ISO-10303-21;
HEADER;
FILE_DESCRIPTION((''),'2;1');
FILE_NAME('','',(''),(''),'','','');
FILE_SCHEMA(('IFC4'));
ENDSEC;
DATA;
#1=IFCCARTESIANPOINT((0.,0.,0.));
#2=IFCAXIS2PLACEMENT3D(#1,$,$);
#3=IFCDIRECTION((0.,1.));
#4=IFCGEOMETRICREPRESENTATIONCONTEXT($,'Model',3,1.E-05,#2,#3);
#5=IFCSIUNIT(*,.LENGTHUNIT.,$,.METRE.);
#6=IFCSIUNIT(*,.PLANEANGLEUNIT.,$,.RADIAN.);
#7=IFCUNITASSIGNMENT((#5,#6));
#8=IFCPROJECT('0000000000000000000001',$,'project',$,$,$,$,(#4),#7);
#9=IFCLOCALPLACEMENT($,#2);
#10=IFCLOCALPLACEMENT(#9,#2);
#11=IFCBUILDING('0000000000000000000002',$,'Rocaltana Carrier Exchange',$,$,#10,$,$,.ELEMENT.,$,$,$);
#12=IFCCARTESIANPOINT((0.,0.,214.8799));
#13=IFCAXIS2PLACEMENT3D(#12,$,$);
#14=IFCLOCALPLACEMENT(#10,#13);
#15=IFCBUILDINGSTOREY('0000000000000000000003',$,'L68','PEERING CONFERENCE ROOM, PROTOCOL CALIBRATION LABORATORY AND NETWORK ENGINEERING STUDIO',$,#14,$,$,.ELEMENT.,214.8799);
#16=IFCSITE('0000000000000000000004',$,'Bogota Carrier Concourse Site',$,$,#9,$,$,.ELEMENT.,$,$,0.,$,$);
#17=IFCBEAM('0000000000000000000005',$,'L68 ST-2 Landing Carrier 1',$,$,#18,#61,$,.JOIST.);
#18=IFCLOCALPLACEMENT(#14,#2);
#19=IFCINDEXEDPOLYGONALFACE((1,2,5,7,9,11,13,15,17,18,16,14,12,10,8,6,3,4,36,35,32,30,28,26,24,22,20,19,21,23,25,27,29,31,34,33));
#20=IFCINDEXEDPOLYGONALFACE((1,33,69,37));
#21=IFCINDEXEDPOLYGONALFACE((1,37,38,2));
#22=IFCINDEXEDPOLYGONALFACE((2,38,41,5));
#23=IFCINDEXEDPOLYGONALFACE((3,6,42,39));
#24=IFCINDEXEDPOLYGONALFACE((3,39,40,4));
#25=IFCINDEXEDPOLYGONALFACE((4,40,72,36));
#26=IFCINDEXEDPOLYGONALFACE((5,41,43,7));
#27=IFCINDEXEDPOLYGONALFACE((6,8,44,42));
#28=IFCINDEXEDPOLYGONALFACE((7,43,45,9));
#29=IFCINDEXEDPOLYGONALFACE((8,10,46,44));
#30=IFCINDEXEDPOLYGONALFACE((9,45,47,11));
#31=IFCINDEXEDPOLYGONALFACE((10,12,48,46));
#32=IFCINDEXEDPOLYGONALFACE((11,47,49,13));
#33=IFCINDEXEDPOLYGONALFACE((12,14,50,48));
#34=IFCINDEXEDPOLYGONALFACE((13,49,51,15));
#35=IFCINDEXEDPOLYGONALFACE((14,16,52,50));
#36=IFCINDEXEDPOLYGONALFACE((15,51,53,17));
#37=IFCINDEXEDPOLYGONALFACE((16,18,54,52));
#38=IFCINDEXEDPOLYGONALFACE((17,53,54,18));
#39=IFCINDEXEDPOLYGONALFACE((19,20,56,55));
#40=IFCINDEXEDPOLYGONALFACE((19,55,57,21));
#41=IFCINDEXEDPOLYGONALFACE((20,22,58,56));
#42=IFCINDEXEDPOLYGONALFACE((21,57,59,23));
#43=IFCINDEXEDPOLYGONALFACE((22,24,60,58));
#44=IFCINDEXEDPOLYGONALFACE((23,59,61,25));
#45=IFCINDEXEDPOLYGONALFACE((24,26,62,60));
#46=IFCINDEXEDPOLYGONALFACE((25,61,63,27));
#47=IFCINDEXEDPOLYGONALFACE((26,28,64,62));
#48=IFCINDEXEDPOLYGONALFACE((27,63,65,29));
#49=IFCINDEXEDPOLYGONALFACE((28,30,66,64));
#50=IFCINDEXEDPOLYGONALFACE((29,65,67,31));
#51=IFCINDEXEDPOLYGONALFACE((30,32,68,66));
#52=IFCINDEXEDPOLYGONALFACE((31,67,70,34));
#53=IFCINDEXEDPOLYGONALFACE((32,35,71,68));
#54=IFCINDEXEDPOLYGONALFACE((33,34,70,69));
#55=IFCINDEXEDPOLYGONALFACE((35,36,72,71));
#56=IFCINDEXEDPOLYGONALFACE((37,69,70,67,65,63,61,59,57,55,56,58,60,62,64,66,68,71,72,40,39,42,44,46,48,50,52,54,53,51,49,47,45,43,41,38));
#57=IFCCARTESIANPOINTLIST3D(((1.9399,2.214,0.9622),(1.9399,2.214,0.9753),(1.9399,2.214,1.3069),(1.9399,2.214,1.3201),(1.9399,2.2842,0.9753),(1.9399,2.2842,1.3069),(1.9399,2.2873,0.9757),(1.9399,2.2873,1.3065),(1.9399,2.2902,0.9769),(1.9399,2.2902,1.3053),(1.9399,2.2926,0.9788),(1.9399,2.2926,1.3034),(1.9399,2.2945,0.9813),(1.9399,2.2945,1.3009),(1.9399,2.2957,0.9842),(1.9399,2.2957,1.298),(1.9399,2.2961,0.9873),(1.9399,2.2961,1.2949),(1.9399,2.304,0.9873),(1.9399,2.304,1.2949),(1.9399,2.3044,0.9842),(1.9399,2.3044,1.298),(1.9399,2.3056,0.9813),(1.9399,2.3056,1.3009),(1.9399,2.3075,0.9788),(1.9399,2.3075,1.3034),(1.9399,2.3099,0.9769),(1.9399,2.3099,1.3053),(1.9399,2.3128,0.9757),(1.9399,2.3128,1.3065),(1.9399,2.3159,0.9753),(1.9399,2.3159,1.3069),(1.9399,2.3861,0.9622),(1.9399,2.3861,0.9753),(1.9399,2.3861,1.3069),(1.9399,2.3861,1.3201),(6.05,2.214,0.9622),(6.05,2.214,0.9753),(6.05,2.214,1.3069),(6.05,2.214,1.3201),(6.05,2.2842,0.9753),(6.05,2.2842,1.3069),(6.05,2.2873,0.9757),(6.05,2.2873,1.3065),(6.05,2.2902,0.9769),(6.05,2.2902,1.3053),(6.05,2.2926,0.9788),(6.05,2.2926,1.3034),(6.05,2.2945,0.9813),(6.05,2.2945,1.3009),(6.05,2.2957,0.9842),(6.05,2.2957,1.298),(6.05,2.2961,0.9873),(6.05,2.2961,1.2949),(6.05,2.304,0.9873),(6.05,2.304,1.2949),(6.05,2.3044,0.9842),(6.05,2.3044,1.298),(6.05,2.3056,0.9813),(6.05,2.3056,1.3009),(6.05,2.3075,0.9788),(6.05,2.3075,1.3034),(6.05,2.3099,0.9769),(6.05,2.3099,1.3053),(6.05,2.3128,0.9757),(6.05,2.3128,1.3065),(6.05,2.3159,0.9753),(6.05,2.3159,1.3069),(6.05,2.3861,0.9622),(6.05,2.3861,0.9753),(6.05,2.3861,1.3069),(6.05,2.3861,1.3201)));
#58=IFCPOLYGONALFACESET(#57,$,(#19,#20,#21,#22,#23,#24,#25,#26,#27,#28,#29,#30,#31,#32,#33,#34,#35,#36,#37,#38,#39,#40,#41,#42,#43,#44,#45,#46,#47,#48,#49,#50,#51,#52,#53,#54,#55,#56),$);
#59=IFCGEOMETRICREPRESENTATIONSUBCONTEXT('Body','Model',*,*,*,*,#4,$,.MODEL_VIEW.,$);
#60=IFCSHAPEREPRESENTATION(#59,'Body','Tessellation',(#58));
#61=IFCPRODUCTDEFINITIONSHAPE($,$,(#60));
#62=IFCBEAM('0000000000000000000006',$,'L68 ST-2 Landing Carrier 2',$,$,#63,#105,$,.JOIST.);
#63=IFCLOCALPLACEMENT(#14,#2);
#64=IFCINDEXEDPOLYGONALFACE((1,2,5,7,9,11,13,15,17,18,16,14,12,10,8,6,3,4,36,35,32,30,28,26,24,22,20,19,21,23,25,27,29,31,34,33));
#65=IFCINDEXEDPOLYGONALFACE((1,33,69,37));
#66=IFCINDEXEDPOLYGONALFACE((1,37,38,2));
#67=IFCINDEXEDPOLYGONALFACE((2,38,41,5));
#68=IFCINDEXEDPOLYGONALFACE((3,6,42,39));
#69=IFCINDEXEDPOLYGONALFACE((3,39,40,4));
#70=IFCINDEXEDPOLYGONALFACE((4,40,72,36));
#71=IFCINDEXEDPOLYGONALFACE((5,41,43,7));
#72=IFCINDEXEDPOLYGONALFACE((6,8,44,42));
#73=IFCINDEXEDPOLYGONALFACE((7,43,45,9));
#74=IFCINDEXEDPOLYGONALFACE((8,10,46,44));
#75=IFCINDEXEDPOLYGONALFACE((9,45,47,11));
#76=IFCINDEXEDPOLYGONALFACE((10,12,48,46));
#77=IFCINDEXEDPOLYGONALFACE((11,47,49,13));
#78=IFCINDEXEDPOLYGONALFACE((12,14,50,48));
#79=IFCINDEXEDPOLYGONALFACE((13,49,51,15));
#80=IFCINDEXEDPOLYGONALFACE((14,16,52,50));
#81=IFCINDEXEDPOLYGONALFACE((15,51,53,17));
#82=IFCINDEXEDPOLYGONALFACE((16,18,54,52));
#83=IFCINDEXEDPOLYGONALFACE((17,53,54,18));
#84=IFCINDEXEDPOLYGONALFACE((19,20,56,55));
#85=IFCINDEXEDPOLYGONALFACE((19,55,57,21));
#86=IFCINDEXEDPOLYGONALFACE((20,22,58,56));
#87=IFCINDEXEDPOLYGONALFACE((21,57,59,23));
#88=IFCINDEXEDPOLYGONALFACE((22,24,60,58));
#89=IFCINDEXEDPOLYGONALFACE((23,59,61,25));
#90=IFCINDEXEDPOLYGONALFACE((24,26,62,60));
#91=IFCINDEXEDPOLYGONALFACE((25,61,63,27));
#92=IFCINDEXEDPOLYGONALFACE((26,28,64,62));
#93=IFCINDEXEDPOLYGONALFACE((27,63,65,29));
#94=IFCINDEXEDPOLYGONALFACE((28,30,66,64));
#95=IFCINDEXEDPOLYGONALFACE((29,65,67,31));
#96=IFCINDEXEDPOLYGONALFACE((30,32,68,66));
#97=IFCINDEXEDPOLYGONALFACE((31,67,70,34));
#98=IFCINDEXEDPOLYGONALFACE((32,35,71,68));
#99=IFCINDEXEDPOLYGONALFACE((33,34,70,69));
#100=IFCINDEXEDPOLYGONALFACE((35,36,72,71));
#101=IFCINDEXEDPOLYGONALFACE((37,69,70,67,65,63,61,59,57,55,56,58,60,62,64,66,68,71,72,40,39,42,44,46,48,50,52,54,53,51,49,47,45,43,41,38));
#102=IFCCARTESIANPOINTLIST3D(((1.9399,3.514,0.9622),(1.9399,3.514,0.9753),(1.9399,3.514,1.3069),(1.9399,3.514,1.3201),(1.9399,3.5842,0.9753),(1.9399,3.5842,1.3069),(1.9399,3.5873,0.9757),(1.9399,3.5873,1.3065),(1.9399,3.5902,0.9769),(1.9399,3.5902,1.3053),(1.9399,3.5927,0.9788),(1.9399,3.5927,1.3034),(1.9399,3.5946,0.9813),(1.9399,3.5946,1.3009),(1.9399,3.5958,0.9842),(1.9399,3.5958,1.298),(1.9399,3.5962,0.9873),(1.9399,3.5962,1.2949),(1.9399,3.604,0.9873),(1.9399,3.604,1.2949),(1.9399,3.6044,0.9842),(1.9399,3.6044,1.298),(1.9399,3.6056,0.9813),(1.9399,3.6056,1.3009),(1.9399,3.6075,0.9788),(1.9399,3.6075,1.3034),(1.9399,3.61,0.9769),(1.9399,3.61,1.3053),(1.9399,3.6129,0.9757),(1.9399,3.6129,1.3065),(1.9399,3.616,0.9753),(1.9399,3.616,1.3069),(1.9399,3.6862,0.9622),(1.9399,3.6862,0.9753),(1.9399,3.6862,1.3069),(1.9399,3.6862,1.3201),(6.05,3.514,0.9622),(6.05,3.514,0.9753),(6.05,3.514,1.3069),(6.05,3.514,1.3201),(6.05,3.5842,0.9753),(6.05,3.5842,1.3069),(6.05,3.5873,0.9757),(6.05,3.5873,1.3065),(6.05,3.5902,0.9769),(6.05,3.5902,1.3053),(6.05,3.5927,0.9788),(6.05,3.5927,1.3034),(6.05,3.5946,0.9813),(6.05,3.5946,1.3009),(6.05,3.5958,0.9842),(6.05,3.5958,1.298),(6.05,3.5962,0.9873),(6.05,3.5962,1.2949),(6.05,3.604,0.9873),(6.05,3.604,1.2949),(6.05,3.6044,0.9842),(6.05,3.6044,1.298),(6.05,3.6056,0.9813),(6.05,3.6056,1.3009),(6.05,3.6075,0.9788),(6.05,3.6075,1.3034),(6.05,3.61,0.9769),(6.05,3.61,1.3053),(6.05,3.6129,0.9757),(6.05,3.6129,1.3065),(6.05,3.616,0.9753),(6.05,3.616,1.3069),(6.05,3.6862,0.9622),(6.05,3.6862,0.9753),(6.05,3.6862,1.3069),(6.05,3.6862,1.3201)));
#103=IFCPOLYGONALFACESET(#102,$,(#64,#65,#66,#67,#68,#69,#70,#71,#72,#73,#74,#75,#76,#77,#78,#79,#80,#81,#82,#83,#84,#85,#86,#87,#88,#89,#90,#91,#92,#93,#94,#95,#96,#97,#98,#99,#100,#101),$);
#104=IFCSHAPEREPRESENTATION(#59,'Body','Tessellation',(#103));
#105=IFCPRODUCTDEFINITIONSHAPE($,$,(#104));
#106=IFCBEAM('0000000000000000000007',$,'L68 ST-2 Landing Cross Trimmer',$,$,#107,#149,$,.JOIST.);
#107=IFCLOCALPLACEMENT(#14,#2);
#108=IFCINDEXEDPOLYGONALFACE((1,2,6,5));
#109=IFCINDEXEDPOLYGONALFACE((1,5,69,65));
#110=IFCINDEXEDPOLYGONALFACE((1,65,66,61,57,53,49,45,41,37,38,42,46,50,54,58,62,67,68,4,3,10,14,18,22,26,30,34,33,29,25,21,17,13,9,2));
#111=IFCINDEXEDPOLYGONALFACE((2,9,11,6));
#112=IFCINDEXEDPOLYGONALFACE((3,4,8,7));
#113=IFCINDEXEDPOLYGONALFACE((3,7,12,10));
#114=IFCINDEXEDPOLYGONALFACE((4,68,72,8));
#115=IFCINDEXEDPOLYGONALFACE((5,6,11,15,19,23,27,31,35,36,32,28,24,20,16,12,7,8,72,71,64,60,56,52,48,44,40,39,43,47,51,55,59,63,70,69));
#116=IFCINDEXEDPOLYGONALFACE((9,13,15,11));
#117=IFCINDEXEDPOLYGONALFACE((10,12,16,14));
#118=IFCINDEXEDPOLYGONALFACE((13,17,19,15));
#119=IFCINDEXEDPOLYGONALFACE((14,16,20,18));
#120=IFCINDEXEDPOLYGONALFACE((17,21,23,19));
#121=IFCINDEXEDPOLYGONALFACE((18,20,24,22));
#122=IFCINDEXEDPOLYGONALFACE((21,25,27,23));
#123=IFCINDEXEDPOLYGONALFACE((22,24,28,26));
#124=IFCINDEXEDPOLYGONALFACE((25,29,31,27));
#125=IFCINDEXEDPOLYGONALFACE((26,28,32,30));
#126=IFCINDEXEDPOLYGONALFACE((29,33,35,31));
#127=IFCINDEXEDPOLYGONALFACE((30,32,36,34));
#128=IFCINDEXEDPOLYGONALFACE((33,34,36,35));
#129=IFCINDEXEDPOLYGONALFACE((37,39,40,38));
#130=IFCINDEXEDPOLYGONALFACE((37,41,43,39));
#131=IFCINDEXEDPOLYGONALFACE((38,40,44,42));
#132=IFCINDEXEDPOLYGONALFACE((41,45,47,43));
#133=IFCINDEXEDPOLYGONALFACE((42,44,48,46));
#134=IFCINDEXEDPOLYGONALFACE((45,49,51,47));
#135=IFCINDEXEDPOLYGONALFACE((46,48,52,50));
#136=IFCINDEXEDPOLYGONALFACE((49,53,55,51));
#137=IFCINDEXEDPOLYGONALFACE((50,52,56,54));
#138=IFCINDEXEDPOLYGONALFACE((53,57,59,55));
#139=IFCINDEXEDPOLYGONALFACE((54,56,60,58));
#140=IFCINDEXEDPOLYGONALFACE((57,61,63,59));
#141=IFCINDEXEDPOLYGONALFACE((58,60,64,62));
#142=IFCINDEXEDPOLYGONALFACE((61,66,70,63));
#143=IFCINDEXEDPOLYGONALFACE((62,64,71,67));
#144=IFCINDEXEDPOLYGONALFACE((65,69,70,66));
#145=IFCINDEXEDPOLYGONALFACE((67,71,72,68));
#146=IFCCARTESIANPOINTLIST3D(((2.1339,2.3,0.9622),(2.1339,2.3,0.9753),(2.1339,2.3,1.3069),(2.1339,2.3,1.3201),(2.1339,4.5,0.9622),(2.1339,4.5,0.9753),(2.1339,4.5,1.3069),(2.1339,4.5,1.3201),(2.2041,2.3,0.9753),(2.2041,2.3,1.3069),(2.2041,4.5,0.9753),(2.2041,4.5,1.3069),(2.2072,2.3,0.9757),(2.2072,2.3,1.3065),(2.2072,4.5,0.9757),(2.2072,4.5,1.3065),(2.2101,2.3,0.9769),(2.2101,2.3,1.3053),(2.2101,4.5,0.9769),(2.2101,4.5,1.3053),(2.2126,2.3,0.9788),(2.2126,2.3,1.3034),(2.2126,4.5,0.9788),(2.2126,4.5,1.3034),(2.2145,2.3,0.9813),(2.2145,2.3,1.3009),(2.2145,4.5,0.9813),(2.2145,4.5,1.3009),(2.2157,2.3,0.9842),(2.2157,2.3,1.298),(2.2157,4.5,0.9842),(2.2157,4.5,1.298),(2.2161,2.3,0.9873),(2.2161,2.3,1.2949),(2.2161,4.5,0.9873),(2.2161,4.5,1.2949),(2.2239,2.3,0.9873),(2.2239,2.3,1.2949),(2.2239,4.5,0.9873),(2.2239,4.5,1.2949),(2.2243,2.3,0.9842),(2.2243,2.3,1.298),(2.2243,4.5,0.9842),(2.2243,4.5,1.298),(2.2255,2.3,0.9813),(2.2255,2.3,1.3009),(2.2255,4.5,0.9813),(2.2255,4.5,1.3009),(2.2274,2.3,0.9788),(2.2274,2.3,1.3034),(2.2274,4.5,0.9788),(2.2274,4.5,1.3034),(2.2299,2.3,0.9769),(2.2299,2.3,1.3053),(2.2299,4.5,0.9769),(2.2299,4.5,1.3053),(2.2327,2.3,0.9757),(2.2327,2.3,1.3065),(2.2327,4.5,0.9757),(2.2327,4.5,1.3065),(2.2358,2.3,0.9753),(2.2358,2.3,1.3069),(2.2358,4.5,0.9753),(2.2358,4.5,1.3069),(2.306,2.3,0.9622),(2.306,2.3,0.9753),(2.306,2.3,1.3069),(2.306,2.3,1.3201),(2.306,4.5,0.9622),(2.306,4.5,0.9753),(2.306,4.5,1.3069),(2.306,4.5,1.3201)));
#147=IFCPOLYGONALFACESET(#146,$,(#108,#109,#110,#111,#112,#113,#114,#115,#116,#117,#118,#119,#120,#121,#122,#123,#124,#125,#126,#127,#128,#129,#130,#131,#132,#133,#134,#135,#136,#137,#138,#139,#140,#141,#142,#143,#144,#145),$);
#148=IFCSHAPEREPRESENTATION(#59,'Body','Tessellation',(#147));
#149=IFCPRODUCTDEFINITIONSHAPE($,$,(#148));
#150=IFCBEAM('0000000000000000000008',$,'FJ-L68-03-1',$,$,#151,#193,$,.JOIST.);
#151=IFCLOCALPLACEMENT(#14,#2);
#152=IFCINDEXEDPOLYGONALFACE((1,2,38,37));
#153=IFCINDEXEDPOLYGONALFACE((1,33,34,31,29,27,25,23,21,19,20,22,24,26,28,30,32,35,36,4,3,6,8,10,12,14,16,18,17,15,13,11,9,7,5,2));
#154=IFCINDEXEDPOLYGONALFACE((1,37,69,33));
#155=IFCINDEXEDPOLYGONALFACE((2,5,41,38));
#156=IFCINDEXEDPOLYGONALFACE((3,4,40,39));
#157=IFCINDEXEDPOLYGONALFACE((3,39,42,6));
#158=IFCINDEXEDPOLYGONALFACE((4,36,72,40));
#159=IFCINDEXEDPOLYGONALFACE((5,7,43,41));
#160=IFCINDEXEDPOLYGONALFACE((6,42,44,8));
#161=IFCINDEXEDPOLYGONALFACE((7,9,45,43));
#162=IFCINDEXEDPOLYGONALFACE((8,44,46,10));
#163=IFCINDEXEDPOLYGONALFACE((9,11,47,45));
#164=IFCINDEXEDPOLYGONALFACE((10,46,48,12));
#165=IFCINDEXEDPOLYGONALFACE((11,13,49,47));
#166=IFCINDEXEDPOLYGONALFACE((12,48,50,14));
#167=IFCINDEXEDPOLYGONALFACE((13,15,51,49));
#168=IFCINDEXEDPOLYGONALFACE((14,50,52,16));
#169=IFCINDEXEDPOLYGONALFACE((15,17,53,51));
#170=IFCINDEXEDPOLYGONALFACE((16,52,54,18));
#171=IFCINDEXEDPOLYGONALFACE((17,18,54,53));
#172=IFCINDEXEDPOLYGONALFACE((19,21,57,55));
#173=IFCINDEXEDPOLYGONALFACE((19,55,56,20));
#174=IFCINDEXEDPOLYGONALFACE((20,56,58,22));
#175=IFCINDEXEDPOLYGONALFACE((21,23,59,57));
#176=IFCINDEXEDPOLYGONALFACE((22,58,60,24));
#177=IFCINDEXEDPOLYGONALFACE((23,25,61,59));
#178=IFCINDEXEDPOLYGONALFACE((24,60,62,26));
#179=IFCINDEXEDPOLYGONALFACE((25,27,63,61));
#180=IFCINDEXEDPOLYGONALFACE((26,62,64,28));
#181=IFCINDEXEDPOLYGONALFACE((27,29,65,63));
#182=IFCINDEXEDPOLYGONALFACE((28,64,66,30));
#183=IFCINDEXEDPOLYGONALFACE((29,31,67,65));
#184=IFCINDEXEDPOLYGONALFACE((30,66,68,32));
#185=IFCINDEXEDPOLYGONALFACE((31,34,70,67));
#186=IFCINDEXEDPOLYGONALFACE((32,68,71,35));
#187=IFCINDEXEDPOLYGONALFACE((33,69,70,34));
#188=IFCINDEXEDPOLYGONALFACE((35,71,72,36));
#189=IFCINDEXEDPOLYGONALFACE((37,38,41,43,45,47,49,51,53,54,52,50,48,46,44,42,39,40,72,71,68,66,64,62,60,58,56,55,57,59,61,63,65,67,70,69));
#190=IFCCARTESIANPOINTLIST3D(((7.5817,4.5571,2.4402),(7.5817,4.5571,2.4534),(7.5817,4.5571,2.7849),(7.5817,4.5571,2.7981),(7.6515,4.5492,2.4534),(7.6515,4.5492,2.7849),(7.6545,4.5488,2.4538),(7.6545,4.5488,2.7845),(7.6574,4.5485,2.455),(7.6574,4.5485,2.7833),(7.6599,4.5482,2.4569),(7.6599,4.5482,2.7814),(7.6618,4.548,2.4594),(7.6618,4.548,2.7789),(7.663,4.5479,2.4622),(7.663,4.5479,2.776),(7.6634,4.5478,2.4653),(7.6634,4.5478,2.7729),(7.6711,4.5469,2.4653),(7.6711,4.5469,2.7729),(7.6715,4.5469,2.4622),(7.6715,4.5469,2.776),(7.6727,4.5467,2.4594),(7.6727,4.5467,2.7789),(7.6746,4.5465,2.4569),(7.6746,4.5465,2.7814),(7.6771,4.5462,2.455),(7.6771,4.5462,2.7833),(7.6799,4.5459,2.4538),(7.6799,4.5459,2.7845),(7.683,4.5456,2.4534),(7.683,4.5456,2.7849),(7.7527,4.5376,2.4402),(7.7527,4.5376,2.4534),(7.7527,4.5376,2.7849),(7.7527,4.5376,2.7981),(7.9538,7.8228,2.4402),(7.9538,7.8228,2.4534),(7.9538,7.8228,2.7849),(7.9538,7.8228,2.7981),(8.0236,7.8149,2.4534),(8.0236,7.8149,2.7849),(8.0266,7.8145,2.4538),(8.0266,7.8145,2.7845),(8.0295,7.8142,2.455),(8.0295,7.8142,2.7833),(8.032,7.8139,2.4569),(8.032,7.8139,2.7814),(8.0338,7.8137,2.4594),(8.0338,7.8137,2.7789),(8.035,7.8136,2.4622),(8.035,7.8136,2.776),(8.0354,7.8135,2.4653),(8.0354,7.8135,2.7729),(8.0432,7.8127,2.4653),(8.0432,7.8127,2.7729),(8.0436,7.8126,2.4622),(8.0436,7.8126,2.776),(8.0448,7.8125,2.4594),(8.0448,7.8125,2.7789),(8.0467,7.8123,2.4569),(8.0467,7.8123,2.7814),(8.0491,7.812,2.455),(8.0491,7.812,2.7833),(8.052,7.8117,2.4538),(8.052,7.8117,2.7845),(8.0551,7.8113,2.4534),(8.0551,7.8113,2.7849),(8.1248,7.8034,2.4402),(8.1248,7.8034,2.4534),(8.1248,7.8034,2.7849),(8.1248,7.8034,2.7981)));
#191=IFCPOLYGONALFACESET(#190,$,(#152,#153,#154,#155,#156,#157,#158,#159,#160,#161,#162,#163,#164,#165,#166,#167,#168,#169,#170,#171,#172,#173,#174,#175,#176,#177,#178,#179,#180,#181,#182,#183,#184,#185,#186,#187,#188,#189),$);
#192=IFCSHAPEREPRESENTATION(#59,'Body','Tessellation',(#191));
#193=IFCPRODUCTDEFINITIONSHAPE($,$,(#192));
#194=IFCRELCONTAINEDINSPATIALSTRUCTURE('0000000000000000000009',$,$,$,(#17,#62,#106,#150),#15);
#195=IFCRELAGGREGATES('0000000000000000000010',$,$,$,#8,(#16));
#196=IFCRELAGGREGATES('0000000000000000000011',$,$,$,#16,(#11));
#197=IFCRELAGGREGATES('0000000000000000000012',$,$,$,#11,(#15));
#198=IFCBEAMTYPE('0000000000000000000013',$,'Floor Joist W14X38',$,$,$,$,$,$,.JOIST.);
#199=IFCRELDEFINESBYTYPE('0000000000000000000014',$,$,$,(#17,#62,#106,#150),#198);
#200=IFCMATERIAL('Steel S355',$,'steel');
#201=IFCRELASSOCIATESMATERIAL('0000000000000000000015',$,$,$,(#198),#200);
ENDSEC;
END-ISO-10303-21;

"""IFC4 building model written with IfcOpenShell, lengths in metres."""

from ifc_helpers import new_model, si_unit, direction, frame, origin, origin_2d, place, context, subcontext, project, spatial, i_section, extrude, material, material_profile, profile_set, type_object, element, save


model = new_model("IFC4")

# Units and contexts
model_context = context("Model", 3, precision=1e-05, world=origin(), true_north=direction((0.0, 1.0)))
body_context = subcontext(model_context, "Body", "Model", "MODEL_VIEW")
ifc_project = project(units=[si_unit("LENGTHUNIT", "METRE"), si_unit("PLANEANGLEUNIT", "RADIAN")], contexts=[model_context])

# Site, building, storey
site_placement = place(None, origin())
site = spatial("IfcSite", under=ifc_project, at=site_placement, Name="Bogota Carrier Concourse Site", CompositionType="ELEMENT", RefElevation=0.0)
building_placement = place(site_placement, origin())
building = spatial("IfcBuilding", under=site, at=building_placement, Name="Rocaltana Carrier Exchange", CompositionType="ELEMENT")
storey_placement = place(building_placement, frame((0.0, 0.0, 214.8799)))
storey = spatial("IfcBuildingStorey", under=building, at=storey_placement, Name="L68", Description="PEERING CONFERENCE ROOM, PROTOCOL CALIBRATION LABORATORY AND NETWORK ENGINEERING STUDIO", CompositionType="ELEMENT", Elevation=214.8799)

# Beams
ifc_material_1 = material(Name="Steel S355", Category="steel")
ifc_material_profile_1 = material_profile(ifc_material_1, i_section(OverallWidth=0.1721, OverallDepth=0.3579, WebThickness=0.0078, FlangeThickness=0.0132, FilletRadius=0.012, at=origin_2d()), Name="W14X38")
ifc_profile_set_1 = profile_set([ifc_material_profile_1], Name="Steel S355")
beam_type_1 = type_object("IfcBeamType", Name="Floor Joist W14X38", PredefinedType="JOIST", material=ifc_profile_set_1)
for number, where, z_axis, x_axis, name in (
    (1, (1.9399, 2.3, 1.1411), (1.0, 0.0, 0.0), (0.0, 1.0, 0.0), "L68 ST-2 Landing Carrier 1"),
    (2, (1.9399, 3.6001, 1.1411), (1.0, 0.0, 0.0), (0.0, 1.0, 0.0), "L68 ST-2 Landing Carrier 2"),
):
    element("IfcBeam", number, at=place(storey_placement, frame(where, z_axis=z_axis, x_axis=x_axis)), inside=storey, type_object=beam_type_1, Name=name, PredefinedType="JOIST", context=body_context, shape_type="SweptSolid", body=[
        extrude(i_section(OverallWidth=0.1721, OverallDepth=0.3579, WebThickness=0.0078, FlangeThickness=0.0132, FilletRadius=0.012, at=origin_2d()), origin(), (0.0, 0.0, 1.0), 4.1101),
    ])
beam_1_placement = place(storey_placement, frame((2.22, 2.3, 1.1411), z_axis=(0.0, 1.0, 0.0), x_axis=(-1.0, 0.0, 0.0)))
element("IfcBeam", 3, at=beam_1_placement, inside=storey, type_object=beam_type_1, Name="L68 ST-2 Landing Cross Trimmer", PredefinedType="JOIST", context=body_context, shape_type="SweptSolid", body=[
    extrude(i_section(OverallWidth=0.1721, OverallDepth=0.3579, WebThickness=0.0078, FlangeThickness=0.0132, FilletRadius=0.012, at=origin_2d()), origin(), (0.0, 0.0, 1.0), 2.2),
])
beam_2_placement = place(storey_placement, frame((7.6672, 4.5474, 2.6191), z_axis=(0.113203, 0.993572, 0.0), x_axis=(-0.993572, 0.113203, 0.0)))
element("IfcBeam", 4, at=beam_2_placement, inside=storey, type_object=beam_type_1, Name="FJ-L68-03-1", PredefinedType="JOIST", context=body_context, shape_type="SweptSolid", body=[
    extrude(i_section(OverallWidth=0.1721, OverallDepth=0.3579, WebThickness=0.0078, FlangeThickness=0.0132, FilletRadius=0.012, at=origin_2d()), origin(), (0.0, 0.0, 1.0), 3.2869),
])

save(model, "model.ifc")
